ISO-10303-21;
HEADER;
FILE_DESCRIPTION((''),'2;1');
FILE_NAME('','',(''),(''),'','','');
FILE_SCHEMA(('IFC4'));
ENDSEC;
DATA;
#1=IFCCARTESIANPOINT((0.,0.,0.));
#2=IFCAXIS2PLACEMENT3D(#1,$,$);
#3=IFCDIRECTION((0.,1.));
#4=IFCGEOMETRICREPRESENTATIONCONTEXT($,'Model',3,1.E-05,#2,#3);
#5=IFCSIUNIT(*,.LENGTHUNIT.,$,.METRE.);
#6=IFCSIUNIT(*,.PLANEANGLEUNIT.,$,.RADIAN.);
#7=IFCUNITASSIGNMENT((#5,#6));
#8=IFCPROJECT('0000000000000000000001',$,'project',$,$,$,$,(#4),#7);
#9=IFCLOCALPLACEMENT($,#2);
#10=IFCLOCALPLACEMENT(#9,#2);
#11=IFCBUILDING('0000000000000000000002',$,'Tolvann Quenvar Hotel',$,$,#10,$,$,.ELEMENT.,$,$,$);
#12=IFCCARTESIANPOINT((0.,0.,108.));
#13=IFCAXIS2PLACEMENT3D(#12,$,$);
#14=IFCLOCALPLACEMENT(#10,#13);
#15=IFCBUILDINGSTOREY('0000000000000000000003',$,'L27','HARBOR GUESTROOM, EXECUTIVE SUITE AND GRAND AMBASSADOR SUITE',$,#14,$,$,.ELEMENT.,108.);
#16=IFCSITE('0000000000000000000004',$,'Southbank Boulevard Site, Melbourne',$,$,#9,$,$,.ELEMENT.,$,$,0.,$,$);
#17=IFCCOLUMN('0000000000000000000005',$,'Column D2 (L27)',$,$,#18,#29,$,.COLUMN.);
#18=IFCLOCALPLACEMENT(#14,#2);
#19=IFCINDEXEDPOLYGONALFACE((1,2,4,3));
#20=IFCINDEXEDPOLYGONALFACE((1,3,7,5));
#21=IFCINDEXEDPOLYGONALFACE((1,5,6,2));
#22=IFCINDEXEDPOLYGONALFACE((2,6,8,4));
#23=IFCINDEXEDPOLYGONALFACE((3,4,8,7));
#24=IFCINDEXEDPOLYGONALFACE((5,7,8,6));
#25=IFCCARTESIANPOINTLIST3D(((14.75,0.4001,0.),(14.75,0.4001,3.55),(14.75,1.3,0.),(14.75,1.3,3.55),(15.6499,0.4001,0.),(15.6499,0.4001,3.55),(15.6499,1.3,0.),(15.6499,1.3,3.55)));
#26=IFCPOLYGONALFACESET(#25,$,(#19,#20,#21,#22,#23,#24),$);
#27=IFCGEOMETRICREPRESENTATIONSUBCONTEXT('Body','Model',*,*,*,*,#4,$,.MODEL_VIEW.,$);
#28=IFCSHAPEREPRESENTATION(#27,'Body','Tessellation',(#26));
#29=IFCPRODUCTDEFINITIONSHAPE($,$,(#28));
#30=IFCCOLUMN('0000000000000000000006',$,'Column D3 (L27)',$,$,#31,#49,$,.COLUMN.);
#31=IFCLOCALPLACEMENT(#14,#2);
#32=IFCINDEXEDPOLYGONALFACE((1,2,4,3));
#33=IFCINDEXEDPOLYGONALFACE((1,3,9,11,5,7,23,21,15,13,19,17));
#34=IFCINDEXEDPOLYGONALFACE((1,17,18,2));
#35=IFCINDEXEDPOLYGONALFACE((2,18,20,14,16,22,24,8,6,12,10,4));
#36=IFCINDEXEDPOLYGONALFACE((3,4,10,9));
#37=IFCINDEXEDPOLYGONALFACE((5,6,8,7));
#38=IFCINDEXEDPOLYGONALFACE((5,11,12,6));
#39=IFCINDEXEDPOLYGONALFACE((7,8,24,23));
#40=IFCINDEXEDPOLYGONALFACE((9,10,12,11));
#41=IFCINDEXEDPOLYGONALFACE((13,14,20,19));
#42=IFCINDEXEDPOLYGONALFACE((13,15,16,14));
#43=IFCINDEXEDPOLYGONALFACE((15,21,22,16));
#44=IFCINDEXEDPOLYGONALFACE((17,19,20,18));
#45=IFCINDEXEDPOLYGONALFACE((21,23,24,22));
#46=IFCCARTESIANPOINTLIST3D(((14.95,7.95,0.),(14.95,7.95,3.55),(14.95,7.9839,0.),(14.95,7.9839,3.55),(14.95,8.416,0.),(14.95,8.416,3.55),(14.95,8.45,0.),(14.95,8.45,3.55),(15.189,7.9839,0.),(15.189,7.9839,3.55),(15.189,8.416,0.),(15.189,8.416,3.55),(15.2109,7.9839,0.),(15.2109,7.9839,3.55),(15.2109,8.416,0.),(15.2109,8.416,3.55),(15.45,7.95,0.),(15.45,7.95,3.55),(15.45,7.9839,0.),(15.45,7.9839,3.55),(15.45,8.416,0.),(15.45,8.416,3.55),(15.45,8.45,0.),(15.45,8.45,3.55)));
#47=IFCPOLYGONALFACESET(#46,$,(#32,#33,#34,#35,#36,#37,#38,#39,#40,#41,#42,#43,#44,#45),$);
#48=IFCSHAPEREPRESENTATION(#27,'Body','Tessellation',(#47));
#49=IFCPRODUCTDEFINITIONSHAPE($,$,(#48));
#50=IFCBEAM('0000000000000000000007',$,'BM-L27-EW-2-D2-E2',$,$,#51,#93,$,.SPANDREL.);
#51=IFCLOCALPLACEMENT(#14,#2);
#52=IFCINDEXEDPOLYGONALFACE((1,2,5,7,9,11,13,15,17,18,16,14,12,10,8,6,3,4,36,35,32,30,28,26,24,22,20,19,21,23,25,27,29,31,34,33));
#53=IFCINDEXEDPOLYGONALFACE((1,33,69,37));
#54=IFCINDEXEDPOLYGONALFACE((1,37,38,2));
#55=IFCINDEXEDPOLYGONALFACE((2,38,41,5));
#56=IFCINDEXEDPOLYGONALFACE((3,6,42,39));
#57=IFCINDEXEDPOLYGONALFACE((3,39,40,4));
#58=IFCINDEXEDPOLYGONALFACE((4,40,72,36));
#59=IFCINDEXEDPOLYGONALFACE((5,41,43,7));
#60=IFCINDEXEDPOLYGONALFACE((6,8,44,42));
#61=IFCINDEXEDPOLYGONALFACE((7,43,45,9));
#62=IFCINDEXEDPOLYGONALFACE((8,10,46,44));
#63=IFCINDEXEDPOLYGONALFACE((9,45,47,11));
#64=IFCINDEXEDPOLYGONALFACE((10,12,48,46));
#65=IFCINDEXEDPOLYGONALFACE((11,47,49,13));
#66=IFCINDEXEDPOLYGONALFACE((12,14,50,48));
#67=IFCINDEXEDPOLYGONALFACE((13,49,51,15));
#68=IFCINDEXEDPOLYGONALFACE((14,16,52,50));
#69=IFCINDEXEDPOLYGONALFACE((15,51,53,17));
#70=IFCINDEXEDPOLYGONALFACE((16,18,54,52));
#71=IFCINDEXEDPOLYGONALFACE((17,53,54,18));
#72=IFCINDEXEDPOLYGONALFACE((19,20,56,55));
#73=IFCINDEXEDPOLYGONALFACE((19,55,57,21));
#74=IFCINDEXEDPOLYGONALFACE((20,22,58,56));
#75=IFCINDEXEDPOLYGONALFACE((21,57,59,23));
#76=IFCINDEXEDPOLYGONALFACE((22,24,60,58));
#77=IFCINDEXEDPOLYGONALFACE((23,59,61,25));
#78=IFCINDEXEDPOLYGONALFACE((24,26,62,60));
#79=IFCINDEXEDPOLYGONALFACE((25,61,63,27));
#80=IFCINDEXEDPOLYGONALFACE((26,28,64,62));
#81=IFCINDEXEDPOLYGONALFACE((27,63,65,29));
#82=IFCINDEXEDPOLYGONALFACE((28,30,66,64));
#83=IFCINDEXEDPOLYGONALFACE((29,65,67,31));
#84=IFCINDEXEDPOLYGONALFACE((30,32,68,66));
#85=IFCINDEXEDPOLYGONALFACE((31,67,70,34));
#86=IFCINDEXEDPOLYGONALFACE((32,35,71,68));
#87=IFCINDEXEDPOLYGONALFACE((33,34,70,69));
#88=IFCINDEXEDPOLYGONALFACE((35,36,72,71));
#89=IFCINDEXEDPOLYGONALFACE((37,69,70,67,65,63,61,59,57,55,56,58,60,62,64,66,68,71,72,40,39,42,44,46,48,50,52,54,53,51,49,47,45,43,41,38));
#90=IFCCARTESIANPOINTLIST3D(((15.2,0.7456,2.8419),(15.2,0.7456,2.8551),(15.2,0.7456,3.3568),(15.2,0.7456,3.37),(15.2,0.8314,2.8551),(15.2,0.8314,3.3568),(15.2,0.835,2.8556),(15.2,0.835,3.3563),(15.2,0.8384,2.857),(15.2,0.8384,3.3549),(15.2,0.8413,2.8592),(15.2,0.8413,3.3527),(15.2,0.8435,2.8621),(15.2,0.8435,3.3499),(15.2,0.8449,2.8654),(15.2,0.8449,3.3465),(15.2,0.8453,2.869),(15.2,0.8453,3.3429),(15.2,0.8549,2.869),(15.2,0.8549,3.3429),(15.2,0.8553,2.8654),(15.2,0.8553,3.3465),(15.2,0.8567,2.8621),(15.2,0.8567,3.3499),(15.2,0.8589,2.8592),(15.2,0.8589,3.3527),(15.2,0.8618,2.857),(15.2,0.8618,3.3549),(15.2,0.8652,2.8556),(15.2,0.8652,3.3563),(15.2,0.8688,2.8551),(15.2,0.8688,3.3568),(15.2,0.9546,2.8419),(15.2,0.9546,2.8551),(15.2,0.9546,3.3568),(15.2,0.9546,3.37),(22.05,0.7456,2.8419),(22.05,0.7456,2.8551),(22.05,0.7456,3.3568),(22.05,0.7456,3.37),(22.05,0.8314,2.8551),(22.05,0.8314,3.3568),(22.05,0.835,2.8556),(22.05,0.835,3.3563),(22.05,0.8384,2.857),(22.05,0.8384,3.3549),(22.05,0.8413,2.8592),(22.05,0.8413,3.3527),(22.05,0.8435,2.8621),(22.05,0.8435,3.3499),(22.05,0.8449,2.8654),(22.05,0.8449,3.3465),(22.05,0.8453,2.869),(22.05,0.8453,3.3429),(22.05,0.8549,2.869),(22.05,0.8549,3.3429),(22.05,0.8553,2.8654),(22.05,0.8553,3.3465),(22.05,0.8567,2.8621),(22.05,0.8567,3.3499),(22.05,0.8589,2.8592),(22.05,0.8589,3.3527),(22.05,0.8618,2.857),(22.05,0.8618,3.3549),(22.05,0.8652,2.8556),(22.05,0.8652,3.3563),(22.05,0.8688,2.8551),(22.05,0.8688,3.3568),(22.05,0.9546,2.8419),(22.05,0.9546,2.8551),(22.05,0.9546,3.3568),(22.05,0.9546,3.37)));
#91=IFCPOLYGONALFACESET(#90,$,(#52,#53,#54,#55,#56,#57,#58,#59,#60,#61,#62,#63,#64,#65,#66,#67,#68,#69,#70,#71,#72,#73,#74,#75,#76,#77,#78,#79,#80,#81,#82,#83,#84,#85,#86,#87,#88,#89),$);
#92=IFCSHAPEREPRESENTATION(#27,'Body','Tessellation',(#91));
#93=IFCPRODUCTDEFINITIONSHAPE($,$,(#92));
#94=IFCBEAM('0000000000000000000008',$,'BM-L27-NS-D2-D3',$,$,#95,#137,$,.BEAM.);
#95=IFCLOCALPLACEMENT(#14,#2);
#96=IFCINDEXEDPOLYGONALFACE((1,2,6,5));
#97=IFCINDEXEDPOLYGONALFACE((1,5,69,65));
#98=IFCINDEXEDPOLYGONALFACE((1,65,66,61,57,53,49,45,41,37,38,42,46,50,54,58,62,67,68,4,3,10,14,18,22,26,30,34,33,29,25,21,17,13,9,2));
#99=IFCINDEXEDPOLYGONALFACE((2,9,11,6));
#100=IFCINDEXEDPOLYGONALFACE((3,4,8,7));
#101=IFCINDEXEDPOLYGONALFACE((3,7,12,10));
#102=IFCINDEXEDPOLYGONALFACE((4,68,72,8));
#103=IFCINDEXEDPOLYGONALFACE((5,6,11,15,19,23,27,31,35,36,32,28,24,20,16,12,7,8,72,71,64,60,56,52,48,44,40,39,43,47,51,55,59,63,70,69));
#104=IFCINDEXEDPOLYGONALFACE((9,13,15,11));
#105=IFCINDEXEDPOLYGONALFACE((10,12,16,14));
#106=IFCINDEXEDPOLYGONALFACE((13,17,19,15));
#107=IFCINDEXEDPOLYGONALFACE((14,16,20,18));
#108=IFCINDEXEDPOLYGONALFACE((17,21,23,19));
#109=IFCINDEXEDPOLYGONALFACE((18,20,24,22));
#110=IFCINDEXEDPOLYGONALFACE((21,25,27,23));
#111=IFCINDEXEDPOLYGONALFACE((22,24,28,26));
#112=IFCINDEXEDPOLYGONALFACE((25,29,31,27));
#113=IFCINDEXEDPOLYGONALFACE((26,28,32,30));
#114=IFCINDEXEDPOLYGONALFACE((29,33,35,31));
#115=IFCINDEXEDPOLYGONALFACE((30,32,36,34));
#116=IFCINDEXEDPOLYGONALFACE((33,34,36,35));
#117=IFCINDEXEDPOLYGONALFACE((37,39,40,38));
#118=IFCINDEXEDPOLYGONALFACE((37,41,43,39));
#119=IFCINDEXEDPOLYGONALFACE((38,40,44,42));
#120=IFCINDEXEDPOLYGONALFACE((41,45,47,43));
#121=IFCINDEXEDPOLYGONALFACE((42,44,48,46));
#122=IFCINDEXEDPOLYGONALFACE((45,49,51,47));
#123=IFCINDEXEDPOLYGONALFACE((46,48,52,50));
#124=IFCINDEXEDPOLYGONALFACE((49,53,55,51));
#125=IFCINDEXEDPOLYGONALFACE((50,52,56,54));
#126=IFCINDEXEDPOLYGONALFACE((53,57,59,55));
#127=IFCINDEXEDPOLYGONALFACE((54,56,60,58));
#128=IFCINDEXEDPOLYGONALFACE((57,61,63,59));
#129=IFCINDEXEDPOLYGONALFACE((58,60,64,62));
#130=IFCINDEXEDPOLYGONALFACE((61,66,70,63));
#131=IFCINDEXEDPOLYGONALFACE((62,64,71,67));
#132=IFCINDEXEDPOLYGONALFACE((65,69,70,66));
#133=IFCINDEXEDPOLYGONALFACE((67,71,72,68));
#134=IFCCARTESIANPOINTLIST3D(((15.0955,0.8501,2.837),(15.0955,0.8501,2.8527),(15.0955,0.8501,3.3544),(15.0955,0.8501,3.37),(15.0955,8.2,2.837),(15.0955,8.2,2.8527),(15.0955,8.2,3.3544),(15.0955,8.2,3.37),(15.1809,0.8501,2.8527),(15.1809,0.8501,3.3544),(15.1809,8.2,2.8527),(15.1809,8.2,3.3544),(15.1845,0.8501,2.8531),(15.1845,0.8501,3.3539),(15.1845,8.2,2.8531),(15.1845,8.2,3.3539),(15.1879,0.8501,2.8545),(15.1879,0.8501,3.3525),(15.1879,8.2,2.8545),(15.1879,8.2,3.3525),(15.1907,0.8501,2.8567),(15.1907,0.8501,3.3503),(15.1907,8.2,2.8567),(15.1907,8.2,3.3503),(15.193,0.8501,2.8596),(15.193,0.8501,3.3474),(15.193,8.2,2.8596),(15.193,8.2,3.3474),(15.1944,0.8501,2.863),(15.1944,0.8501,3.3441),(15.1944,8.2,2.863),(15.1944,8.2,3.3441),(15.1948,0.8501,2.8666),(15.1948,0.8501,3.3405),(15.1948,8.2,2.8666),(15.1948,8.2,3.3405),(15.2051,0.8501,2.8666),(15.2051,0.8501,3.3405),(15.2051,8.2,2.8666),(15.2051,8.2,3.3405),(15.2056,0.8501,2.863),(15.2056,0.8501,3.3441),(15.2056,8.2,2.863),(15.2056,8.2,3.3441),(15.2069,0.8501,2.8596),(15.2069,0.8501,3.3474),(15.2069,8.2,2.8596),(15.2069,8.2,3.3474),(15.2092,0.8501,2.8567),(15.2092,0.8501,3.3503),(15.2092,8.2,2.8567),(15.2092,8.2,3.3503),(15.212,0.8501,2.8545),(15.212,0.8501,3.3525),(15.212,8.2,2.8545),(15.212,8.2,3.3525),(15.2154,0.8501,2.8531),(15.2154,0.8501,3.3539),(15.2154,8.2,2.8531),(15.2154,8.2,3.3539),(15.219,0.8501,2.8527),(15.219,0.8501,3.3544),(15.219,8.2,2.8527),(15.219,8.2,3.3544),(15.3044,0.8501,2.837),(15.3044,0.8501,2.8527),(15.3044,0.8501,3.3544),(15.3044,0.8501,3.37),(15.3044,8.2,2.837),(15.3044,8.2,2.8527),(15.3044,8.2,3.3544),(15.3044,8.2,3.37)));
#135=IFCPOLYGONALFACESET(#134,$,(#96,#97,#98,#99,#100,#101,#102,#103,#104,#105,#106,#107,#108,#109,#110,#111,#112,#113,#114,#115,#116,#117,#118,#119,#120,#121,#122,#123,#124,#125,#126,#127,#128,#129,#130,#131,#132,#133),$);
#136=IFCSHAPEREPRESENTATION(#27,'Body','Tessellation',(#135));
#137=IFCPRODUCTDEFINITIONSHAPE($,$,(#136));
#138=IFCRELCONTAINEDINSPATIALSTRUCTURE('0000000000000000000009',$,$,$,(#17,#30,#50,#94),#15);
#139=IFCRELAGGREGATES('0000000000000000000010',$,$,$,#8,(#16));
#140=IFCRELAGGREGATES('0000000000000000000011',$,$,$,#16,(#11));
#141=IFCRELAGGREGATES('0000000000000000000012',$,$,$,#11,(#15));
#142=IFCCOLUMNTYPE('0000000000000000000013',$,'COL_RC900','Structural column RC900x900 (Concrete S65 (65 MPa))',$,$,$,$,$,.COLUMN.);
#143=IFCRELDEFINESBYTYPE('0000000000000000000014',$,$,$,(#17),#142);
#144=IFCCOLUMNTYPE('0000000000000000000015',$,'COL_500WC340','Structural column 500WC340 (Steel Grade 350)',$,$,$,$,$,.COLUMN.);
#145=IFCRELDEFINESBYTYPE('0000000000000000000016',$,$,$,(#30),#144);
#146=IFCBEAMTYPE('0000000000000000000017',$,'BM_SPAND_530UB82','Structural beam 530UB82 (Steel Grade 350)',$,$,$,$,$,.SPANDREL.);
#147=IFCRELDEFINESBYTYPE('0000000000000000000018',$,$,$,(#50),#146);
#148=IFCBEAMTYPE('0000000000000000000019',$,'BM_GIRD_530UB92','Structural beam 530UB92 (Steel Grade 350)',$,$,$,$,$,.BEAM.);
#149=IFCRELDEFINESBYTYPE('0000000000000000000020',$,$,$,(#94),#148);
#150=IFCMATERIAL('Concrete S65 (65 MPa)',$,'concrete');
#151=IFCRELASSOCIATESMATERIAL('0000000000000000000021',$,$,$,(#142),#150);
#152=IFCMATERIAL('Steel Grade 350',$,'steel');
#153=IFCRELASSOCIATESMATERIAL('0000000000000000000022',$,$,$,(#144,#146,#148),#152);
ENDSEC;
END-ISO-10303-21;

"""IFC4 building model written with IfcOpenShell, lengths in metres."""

from ifc_helpers import new_model, si_unit, direction, frame, origin, origin_2d, place, context, subcontext, project, spatial, rectangle, i_section, extrude, source, transform, mapped, material, material_profile, profile_set, type_object, type_shapes, element, save


model = new_model("IFC4")

# Units and contexts
model_context = context("Model", 3, precision=1e-05, world=origin(), true_north=direction((0.0, 1.0)))
body_context = subcontext(model_context, "Body", "Model", "MODEL_VIEW")
ifc_project = project(units=[si_unit("LENGTHUNIT", "METRE"), si_unit("PLANEANGLEUNIT", "RADIAN")], contexts=[model_context])

# Site, building, storey
site_placement = place(None, origin())
site = spatial("IfcSite", under=ifc_project, at=site_placement, Name="Southbank Boulevard Site, Melbourne", CompositionType="ELEMENT", RefElevation=0.0)
building_placement = place(site_placement, origin())
building = spatial("IfcBuilding", under=site, at=building_placement, Name="Tolvann Quenvar Hotel", CompositionType="ELEMENT")
storey_placement = place(building_placement, frame((0.0, 0.0, 108.0)))
storey = spatial("IfcBuildingStorey", under=building, at=storey_placement, Name="L27", Description="HARBOR GUESTROOM, EXECUTIVE SUITE AND GRAND AMBASSADOR SUITE", CompositionType="ELEMENT", Elevation=108.0)

# Columns
ifc_material_1 = material(Name="Concrete S65 (65 MPa)", Category="concrete")
ifc_material_profile_1 = material_profile(ifc_material_1, rectangle(XDim=0.8999, YDim=0.8999, at=origin_2d()), Name="RC900x900")
ifc_profile_set_1 = profile_set([ifc_material_profile_1], Name="Concrete S65 (65 MPa)")
column_type_1 = type_object("IfcColumnType", Name="COL_RC900", Description="Structural column RC900x900 (Concrete S65 (65 MPa))", PredefinedType="COLUMN", material=ifc_profile_set_1)
shared_shape_1 = source(origin(), body_context, "Body", "SweptSolid", [
    extrude(rectangle(XDim=0.8999, YDim=0.8999, at=origin_2d()), origin(), (0.0, 0.0, 1.0), 3.55),
])
type_shapes(column_type_1, [shared_shape_1])
column_1_placement = place(storey_placement, frame((15.2, 0.8501, 0.0), z_axis=(0.0, 0.0, 1.0), x_axis=(1.0, 0.0, 0.0)))
element("IfcColumn", 1, at=column_1_placement, inside=storey, type_object=column_type_1, Name="Column D2 (L27)", PredefinedType="COLUMN", context=body_context, shape_type="MappedRepresentation", body=[
    mapped(shared_shape_1, transform((0.0, 0.0, 0.0), x_axis=(1.0, 0.0, 0.0), y_axis=(0.0, 1.0, 0.0), z_axis=(0.0, 0.0, 1.0), scale=1.0)),
])
ifc_material_2 = material(Name="Steel Grade 350", Category="steel")
ifc_material_profile_2 = material_profile(ifc_material_2, i_section(OverallWidth=0.5, OverallDepth=0.5, WebThickness=0.022, FlangeThickness=0.0339, at=origin_2d()), Name="500WC340")
ifc_profile_set_2 = profile_set([ifc_material_profile_2], Name="Steel Grade 350")
column_type_2 = type_object("IfcColumnType", Name="COL_500WC340", Description="Structural column 500WC340 (Steel Grade 350)", PredefinedType="COLUMN", material=ifc_profile_set_2)
shared_shape_2 = source(origin(), body_context, "Body", "SweptSolid", [
    extrude(i_section(OverallWidth=0.5, OverallDepth=0.5, WebThickness=0.022, FlangeThickness=0.0339, at=origin_2d()), origin(), (0.0, 0.0, 1.0), 3.55),
])
type_shapes(column_type_2, [shared_shape_2])
column_2_placement = place(storey_placement, frame((15.2, 8.2, 0.0), z_axis=(0.0, 0.0, 1.0), x_axis=(1.0, 0.0, 0.0)))
element("IfcColumn", 2, at=column_2_placement, inside=storey, type_object=column_type_2, Name="Column D3 (L27)", PredefinedType="COLUMN", context=body_context, shape_type="MappedRepresentation", body=[
    mapped(shared_shape_2, transform((0.0, 0.0, 0.0), x_axis=(1.0, 0.0, 0.0), y_axis=(0.0, 1.0, 0.0), z_axis=(0.0, 0.0, 1.0), scale=1.0)),
])

# Beams
ifc_material_profile_3 = material_profile(ifc_material_2, i_section(OverallWidth=0.209, OverallDepth=0.5281, WebThickness=0.0095, FlangeThickness=0.0132, FilletRadius=0.0139, at=origin_2d()), Name="530UB82")
ifc_profile_set_3 = profile_set([ifc_material_profile_3], Name="Steel Grade 350")
beam_type_1 = type_object("IfcBeamType", Name="BM_SPAND_530UB82", Description="Structural beam 530UB82 (Steel Grade 350)", PredefinedType="SPANDREL", material=ifc_profile_set_3)
shared_shape_3 = source(origin(), body_context, "Body", "SweptSolid", [
    extrude(i_section(OverallWidth=0.209, OverallDepth=0.5281, WebThickness=0.0095, FlangeThickness=0.0132, FilletRadius=0.0139, at=origin_2d()), origin(), (0.0, 0.0, 1.0), 6.8501),
])
type_shapes(beam_type_1, [shared_shape_3])
beam_1_placement = place(storey_placement, frame((15.2, 0.8501, 3.106), z_axis=(1.0, 0.0, 0.0), x_axis=(0.0, 1.0, 0.0)))
element("IfcBeam", 3, at=beam_1_placement, inside=storey, type_object=beam_type_1, Name="BM-L27-EW-2-D2-E2", PredefinedType="SPANDREL", context=body_context, shape_type="MappedRepresentation", body=[
    mapped(shared_shape_3, transform((0.0, 0.0, 0.0), x_axis=(1.0, 0.0, 0.0), y_axis=(0.0, 1.0, 0.0), z_axis=(0.0, 0.0, 1.0), scale=1.0)),
])
ifc_material_profile_4 = material_profile(ifc_material_2, i_section(OverallWidth=0.209, OverallDepth=0.533, WebThickness=0.0103, FlangeThickness=0.0156, FilletRadius=0.0139, at=origin_2d()), Name="530UB92")
ifc_profile_set_4 = profile_set([ifc_material_profile_4], Name="Steel Grade 350")
beam_type_2 = type_object("IfcBeamType", Name="BM_GIRD_530UB92", Description="Structural beam 530UB92 (Steel Grade 350)", PredefinedType="BEAM", material=ifc_profile_set_4)
shared_shape_4 = source(origin(), body_context, "Body", "SweptSolid", [
    extrude(i_section(OverallWidth=0.209, OverallDepth=0.533, WebThickness=0.0103, FlangeThickness=0.0156, FilletRadius=0.0139, at=origin_2d()), origin(), (0.0, 0.0, 1.0), 7.3499),
])
type_shapes(beam_type_2, [shared_shape_4])
beam_2_placement = place(storey_placement, frame((15.2, 0.8501, 3.1035), z_axis=(0.0, 1.0, 0.0), x_axis=(-1.0, 0.0, 0.0)))
element("IfcBeam", 4, at=beam_2_placement, inside=storey, type_object=beam_type_2, Name="BM-L27-NS-D2-D3", PredefinedType="BEAM", context=body_context, shape_type="MappedRepresentation", body=[
    mapped(shared_shape_4, transform((0.0, 0.0, 0.0), x_axis=(1.0, 0.0, 0.0), y_axis=(0.0, 1.0, 0.0), z_axis=(0.0, 0.0, 1.0), scale=1.0)),
])

save(model, "model.ifc")
